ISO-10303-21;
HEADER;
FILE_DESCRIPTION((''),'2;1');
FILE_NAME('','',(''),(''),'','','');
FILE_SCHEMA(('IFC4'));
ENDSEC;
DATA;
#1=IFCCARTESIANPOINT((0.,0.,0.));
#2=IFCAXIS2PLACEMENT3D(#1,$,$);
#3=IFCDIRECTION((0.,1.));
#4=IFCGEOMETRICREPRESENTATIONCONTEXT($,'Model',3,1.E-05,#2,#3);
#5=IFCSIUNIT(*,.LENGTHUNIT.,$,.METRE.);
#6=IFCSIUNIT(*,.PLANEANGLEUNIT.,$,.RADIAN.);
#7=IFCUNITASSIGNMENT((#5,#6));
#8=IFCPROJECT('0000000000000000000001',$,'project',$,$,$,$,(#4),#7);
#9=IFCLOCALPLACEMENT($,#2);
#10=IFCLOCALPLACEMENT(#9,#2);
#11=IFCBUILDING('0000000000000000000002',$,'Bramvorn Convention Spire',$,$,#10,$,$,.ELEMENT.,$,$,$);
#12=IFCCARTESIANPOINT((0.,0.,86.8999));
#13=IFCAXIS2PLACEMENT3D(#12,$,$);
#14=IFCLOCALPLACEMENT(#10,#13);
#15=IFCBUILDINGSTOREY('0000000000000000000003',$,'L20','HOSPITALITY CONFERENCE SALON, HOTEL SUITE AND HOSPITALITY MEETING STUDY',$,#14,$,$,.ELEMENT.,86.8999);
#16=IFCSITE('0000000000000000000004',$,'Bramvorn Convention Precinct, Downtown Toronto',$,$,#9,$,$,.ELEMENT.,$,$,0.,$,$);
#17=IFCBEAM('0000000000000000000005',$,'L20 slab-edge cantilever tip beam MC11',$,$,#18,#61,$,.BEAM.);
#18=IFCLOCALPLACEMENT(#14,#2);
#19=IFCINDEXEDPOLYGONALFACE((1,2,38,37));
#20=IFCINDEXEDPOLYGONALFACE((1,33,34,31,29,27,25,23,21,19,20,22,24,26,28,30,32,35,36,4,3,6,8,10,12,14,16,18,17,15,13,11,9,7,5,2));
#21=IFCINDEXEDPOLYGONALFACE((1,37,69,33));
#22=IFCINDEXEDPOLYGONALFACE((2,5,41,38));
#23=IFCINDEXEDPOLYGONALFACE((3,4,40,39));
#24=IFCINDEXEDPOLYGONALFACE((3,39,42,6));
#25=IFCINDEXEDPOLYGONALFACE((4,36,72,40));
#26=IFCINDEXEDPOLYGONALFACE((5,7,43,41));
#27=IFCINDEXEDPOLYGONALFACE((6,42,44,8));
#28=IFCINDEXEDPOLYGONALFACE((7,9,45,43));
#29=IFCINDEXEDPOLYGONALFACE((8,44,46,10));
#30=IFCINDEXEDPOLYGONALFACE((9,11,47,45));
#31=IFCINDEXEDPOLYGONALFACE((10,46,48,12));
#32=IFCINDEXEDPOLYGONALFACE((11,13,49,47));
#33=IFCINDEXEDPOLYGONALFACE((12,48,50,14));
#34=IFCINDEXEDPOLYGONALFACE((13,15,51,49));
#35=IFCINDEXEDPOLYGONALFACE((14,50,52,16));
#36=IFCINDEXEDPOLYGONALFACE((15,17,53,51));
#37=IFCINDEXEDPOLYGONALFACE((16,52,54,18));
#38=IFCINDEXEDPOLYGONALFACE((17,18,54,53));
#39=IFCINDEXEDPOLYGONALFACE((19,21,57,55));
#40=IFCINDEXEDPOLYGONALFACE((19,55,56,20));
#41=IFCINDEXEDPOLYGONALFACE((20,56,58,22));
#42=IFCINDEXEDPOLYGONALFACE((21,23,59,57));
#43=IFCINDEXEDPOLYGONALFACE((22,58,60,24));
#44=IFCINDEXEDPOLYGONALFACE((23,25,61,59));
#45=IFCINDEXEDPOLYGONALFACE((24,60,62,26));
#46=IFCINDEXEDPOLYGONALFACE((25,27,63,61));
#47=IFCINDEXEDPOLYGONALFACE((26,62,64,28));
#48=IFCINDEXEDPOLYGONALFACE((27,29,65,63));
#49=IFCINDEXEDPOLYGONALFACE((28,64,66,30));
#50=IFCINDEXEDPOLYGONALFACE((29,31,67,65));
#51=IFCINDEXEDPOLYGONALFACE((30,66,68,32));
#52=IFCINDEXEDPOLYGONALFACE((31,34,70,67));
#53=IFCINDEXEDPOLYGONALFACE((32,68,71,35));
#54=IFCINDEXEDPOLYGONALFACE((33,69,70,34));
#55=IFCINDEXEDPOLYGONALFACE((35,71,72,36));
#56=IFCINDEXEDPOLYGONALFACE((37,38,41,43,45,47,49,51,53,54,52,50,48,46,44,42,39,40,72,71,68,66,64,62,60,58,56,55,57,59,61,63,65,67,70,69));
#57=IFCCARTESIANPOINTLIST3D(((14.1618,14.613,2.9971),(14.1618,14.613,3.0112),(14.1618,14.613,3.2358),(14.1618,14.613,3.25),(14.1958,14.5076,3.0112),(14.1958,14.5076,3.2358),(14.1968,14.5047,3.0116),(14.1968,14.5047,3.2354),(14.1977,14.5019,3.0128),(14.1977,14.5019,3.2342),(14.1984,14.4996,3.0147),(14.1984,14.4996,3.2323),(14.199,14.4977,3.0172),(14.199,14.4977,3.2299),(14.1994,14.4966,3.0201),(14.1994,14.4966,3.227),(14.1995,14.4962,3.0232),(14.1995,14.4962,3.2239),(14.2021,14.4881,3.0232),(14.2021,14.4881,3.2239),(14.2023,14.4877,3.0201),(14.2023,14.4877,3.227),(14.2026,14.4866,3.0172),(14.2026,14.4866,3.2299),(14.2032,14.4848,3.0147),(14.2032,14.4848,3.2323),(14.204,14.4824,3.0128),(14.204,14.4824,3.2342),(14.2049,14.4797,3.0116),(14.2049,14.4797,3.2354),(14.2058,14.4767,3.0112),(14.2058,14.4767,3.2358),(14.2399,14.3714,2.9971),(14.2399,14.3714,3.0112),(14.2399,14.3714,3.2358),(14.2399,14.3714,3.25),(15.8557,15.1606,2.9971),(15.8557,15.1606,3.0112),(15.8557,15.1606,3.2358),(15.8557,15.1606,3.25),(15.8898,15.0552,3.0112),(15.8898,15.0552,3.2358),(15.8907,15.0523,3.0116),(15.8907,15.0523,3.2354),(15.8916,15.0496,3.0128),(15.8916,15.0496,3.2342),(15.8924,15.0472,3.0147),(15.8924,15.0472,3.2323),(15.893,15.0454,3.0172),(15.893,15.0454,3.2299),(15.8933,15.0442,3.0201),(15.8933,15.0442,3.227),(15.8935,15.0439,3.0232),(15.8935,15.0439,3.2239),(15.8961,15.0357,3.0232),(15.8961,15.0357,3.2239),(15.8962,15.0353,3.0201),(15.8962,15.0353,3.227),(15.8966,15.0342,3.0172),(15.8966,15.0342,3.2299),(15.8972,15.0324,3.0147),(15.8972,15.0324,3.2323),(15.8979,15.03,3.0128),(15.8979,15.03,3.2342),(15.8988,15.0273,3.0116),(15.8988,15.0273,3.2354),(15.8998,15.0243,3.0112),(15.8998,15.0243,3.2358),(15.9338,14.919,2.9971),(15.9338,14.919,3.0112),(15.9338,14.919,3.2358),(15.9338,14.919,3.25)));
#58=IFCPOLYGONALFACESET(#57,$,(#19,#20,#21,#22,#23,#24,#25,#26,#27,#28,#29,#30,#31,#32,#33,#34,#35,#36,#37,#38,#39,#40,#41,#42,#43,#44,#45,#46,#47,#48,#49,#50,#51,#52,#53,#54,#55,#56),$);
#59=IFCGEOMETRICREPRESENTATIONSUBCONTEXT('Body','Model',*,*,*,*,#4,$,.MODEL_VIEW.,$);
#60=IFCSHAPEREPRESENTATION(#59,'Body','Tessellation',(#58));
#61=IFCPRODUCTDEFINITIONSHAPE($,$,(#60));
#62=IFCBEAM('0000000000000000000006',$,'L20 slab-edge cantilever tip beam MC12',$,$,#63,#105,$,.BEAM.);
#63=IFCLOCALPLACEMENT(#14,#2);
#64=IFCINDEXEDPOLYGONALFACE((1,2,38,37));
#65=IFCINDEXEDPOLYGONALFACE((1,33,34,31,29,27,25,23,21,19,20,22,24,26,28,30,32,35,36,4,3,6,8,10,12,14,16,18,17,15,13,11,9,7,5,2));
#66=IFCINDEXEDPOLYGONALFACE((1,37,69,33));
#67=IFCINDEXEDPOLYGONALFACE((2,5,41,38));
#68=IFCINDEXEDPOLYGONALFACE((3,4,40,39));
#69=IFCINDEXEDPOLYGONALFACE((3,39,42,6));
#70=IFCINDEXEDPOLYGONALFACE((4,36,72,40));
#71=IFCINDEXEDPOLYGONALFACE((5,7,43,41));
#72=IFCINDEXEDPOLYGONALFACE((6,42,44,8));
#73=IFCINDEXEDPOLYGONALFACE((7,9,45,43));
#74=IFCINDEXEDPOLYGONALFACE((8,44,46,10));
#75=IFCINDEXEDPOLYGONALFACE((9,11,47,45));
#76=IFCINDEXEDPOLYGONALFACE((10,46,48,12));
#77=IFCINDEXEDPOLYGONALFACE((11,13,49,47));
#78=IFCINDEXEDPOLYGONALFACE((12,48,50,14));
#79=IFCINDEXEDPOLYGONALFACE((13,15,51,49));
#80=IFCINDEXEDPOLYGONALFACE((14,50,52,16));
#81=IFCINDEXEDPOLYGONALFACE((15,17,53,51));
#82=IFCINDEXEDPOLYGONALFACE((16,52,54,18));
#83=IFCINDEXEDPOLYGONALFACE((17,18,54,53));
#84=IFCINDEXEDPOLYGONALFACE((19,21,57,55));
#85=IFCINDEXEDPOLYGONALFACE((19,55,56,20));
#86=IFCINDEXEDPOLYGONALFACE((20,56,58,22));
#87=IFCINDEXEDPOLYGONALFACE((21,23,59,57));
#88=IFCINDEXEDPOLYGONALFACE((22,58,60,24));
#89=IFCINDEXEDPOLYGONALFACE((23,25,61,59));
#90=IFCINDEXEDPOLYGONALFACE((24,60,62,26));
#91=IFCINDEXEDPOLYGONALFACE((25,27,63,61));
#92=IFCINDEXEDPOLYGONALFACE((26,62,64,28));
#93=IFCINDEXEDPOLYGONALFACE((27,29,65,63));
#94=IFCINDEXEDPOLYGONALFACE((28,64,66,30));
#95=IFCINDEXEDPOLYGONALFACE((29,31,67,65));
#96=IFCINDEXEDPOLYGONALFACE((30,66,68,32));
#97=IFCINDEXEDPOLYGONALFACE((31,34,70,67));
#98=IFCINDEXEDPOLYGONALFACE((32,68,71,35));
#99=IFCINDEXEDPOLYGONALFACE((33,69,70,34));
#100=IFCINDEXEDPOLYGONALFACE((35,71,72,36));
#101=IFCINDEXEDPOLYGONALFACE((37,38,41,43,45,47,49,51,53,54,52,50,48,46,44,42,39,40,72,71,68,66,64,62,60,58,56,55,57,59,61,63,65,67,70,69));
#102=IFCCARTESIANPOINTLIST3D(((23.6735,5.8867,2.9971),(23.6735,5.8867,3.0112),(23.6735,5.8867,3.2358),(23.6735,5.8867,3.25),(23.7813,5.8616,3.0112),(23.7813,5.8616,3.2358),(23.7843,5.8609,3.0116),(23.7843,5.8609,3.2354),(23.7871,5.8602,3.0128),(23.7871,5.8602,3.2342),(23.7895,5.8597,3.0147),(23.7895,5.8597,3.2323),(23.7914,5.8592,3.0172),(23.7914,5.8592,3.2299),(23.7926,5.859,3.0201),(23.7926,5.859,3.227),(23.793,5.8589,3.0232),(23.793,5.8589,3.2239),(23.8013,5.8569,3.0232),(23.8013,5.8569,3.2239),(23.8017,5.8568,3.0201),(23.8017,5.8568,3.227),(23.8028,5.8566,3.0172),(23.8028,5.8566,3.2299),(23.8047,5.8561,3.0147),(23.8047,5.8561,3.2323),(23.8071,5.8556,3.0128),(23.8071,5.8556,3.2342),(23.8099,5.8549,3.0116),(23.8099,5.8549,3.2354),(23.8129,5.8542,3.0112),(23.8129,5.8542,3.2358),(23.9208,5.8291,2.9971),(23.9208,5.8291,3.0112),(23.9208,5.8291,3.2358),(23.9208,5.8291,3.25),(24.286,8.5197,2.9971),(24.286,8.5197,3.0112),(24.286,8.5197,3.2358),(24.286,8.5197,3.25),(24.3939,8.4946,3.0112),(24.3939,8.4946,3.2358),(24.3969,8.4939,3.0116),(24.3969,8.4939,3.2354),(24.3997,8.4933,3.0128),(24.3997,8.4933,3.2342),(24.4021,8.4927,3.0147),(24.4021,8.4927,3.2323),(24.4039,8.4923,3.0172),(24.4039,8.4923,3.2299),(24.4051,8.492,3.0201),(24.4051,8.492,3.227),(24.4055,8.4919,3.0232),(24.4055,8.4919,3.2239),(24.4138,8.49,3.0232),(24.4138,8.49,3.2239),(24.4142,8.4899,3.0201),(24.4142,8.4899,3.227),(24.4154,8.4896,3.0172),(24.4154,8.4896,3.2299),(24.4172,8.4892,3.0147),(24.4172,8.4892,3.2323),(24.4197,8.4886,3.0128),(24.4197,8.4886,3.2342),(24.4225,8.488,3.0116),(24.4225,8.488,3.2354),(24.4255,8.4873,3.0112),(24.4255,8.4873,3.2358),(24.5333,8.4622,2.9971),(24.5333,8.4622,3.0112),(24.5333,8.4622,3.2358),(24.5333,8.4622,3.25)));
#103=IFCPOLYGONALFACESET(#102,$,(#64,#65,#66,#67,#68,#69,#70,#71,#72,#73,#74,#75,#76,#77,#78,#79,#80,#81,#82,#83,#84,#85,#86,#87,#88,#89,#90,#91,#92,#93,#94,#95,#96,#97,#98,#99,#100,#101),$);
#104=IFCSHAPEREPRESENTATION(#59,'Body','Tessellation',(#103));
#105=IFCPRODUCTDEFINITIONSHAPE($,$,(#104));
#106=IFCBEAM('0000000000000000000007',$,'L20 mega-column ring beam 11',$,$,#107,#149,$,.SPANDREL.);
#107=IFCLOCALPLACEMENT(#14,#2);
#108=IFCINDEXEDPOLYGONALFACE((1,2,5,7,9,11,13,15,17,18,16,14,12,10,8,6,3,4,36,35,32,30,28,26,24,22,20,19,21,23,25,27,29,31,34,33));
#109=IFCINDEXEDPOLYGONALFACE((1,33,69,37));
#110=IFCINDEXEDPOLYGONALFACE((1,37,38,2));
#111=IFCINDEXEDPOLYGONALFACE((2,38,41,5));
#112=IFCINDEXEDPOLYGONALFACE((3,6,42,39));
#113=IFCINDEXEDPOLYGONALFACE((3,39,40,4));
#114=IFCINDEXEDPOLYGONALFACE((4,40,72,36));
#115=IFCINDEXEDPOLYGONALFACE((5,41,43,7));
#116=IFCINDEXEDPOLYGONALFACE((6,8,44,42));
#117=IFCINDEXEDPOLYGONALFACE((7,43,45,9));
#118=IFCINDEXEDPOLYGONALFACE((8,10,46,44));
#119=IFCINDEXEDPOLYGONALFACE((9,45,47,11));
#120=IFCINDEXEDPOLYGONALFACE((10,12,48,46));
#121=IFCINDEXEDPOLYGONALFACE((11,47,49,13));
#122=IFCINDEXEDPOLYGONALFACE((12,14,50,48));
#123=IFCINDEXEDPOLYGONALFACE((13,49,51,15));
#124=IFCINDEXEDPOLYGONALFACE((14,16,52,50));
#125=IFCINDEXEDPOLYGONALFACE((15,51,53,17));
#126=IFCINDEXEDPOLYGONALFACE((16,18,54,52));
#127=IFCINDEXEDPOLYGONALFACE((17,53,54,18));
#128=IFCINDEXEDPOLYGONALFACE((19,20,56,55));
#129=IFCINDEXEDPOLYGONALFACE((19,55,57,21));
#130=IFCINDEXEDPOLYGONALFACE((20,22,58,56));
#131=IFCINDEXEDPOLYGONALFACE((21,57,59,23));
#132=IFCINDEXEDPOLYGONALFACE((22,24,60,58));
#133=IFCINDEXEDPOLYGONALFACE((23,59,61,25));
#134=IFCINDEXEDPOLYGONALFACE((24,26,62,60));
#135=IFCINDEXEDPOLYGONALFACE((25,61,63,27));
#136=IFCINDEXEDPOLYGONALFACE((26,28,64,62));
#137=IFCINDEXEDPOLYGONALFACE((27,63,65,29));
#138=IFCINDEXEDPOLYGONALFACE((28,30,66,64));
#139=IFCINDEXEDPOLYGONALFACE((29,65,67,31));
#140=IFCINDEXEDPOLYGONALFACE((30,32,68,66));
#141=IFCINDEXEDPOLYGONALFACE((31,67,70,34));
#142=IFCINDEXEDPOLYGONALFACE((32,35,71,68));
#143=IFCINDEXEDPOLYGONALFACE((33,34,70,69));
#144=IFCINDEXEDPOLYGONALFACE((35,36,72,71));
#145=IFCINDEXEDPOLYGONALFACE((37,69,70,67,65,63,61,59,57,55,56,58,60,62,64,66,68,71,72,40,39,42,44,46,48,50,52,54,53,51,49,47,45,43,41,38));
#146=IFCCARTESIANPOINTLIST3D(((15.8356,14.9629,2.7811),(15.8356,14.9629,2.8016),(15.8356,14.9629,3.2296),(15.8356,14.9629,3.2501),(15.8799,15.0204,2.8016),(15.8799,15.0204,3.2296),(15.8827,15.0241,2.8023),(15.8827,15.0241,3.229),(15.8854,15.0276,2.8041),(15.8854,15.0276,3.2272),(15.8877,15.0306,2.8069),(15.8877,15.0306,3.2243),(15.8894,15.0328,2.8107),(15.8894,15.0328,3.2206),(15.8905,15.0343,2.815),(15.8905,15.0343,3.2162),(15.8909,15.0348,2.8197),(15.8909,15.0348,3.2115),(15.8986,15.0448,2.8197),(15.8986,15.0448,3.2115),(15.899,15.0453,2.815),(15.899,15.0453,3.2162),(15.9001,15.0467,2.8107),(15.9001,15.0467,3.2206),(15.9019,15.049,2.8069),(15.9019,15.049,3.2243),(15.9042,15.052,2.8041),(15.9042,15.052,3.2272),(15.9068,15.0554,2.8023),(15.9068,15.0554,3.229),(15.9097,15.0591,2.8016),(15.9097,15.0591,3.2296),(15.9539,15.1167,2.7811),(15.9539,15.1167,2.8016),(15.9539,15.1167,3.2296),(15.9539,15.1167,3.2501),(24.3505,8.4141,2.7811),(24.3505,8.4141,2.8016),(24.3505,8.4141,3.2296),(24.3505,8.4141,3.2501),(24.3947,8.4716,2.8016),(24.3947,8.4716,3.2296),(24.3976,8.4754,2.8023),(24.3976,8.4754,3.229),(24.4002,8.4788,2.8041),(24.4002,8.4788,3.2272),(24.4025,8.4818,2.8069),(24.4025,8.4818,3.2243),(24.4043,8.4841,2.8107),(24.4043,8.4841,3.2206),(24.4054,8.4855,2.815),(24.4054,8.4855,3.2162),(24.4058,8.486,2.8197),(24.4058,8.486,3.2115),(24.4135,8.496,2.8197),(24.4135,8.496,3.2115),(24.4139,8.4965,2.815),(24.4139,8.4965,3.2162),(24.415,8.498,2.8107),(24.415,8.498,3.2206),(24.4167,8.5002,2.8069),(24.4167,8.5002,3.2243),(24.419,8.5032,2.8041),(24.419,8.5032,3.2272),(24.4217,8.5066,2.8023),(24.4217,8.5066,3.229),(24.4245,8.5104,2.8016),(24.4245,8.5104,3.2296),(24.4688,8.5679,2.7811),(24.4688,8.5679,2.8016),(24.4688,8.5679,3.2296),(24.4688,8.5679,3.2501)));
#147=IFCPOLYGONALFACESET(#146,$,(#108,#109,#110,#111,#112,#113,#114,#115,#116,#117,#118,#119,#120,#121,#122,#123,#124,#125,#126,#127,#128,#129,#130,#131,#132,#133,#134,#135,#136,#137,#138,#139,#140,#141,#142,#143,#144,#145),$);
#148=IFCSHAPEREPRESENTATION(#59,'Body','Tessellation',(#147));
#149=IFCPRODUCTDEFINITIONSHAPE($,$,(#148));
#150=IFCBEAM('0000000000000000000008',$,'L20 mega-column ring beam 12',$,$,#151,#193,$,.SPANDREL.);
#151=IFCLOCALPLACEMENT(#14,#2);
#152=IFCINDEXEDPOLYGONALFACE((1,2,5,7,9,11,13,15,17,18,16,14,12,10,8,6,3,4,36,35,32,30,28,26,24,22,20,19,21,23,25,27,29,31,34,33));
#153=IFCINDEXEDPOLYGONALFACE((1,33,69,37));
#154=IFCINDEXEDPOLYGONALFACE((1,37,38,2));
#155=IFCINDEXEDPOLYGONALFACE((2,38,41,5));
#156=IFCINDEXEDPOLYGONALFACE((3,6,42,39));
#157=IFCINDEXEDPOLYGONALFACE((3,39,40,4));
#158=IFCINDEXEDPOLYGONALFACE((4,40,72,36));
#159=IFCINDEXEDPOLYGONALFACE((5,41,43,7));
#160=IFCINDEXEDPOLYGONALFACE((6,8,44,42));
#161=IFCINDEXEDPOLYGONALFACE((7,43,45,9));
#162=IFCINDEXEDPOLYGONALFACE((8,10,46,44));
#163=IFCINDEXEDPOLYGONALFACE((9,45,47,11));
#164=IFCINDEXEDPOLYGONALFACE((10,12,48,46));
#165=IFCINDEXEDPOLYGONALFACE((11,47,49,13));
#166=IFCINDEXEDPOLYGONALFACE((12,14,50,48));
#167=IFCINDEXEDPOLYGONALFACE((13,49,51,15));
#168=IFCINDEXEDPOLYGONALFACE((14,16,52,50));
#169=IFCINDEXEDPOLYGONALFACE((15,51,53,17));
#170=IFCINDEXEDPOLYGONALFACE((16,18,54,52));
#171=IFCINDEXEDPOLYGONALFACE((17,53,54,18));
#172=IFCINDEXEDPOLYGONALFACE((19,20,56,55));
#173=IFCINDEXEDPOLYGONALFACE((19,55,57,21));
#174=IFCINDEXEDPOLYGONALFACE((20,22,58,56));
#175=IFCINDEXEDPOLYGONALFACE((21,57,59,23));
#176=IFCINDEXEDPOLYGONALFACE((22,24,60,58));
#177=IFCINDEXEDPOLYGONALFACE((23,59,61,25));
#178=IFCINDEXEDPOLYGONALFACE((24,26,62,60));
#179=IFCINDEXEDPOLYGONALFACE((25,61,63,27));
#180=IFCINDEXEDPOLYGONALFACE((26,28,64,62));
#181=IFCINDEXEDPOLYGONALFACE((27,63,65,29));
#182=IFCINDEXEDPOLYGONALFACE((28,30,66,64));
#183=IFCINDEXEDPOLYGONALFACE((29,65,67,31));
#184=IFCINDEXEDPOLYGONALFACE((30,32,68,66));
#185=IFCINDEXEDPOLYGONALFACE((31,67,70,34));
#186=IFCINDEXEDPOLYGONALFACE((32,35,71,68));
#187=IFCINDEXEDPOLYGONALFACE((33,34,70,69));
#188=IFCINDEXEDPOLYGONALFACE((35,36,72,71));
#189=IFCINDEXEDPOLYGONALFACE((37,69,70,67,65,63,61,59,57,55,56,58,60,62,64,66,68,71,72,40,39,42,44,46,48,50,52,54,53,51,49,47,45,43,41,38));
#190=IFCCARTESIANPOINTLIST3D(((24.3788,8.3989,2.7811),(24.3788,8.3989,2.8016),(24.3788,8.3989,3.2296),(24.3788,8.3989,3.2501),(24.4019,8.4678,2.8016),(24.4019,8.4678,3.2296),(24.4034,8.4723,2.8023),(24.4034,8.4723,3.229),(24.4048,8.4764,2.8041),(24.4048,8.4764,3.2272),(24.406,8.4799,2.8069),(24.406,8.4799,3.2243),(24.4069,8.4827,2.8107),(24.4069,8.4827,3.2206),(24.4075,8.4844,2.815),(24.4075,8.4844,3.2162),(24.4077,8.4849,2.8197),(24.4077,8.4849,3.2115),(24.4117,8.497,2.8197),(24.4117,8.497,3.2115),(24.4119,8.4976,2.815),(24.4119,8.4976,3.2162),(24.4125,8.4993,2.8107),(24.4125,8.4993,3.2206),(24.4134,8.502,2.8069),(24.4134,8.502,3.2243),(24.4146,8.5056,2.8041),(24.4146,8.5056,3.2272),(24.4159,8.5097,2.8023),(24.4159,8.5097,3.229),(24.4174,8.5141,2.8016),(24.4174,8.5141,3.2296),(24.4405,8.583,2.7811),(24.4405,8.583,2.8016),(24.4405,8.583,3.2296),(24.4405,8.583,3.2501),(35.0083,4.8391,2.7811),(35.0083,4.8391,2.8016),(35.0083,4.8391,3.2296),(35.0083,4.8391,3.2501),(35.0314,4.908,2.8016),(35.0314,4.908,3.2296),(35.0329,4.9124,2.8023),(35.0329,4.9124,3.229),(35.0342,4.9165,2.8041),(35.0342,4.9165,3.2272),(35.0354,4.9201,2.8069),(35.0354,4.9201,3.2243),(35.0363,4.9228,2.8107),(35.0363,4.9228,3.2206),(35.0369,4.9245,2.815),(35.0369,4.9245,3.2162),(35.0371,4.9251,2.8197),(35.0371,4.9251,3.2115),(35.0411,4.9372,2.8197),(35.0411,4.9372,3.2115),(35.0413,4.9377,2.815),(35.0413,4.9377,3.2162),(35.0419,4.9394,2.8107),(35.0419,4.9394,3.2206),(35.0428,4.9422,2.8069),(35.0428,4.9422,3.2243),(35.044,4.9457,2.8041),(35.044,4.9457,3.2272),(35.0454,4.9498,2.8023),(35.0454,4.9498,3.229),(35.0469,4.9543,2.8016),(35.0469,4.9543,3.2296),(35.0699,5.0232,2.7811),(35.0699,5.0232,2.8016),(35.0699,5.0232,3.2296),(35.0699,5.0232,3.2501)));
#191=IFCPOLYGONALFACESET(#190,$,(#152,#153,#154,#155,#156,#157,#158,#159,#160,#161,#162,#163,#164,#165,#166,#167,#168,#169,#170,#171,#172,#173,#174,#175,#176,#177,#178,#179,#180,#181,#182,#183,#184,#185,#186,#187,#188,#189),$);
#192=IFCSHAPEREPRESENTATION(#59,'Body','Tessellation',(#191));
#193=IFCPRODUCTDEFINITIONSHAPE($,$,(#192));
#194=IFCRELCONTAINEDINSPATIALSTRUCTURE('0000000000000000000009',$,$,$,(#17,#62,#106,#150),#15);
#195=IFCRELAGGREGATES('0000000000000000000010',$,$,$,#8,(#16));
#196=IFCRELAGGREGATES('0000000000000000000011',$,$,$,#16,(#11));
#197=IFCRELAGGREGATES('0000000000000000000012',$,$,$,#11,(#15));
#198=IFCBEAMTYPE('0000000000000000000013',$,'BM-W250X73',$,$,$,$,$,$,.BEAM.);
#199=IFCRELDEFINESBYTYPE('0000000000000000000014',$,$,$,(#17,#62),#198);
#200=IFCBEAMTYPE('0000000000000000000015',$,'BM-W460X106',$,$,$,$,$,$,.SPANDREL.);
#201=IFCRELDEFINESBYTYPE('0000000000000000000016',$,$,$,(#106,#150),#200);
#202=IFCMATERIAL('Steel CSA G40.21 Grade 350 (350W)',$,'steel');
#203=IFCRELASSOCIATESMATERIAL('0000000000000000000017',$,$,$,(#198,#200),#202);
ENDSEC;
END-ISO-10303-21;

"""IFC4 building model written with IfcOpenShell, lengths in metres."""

from ifc_helpers import new_model, si_unit, direction, frame, origin, origin_2d, place, context, subcontext, project, spatial, i_section, extrude, material, material_profile, profile_set, type_object, element, save


model = new_model("IFC4")

# Units and contexts
model_context = context("Model", 3, precision=1e-05, world=origin(), true_north=direction((0.0, 1.0)))
body_context = subcontext(model_context, "Body", "Model", "MODEL_VIEW")
ifc_project = project(units=[si_unit("LENGTHUNIT", "METRE"), si_unit("PLANEANGLEUNIT", "RADIAN")], contexts=[model_context])

# Site, building, storey
site_placement = place(None, origin())
site = spatial("IfcSite", under=ifc_project, at=site_placement, Name="Bramvorn Convention Precinct, Downtown Toronto", CompositionType="ELEMENT", RefElevation=0.0)
building_placement = place(site_placement, origin())
building = spatial("IfcBuilding", under=site, at=building_placement, Name="Bramvorn Convention Spire", CompositionType="ELEMENT")
storey_placement = place(building_placement, frame((0.0, 0.0, 86.8999)))
storey = spatial("IfcBuildingStorey", under=building, at=storey_placement, Name="L20", Description="HOSPITALITY CONFERENCE SALON, HOTEL SUITE AND HOSPITALITY MEETING STUDY", CompositionType="ELEMENT", Elevation=86.8999)

# Shared definitions
ifc_material_1 = material(Name="Steel CSA G40.21 Grade 350 (350W)", Category="steel")

# Beams
ifc_material_profile_1 = material_profile(ifc_material_1, i_section(OverallWidth=0.2539, OverallDepth=0.2529, WebThickness=0.0085, FlangeThickness=0.0142, FilletRadius=0.012, at=origin_2d()))
ifc_profile_set_1 = profile_set([ifc_material_profile_1], Name="Steel CSA G40.21 Grade 350 (350W) - W250X73")
beam_type_1 = type_object("IfcBeamType", Name="BM-W250X73", PredefinedType="BEAM", material=ifc_profile_set_1)
beam_1_placement = place(storey_placement, frame((15.8948, 15.0398, 3.1235), z_axis=(-0.951511, -0.307616, 0.0), x_axis=(0.307616, -0.951511, 0.0)))
element("IfcBeam", 1, at=beam_1_placement, inside=storey, type_object=beam_type_1, Name="L20 slab-edge cantilever tip beam MC11", PredefinedType="BEAM", context=body_context, shape_type="SweptSolid", body=[
    extrude(i_section(OverallWidth=0.2539, OverallDepth=0.2529, WebThickness=0.0085, FlangeThickness=0.0142, FilletRadius=0.012, at=origin_2d()), origin(), (0.0, 0.0, 1.0), 1.7803),
])
beam_2_placement = place(storey_placement, frame((24.4097, 8.491, 3.1235), z_axis=(-0.226587, -0.973991, 0.0), x_axis=(0.973991, -0.226587, 0.0)))
element("IfcBeam", 2, at=beam_2_placement, inside=storey, type_object=beam_type_1, Name="L20 slab-edge cantilever tip beam MC12", PredefinedType="BEAM", context=body_context, shape_type="SweptSolid", body=[
    extrude(i_section(OverallWidth=0.2539, OverallDepth=0.2529, WebThickness=0.0085, FlangeThickness=0.0142, FilletRadius=0.012, at=origin_2d()), origin(), (0.0, 0.0, 1.0), 2.7034),
])
ifc_material_profile_2 = material_profile(ifc_material_1, i_section(OverallWidth=0.1941, OverallDepth=0.469, WebThickness=0.0127, FlangeThickness=0.0205, FilletRadius=0.0181, at=origin_2d()))
ifc_profile_set_2 = profile_set([ifc_material_profile_2], Name="Steel CSA G40.21 Grade 350 (350W) - W460X106")
beam_type_2 = type_object("IfcBeamType", Name="BM-W460X106", PredefinedType="SPANDREL", material=ifc_profile_set_2)
beam_3_placement = place(storey_placement, frame((15.8948, 15.0398, 3.0156), z_axis=(0.792673, -0.609647, 0.0), x_axis=(0.609647, 0.792673, 0.0)))
element("IfcBeam", 3, at=beam_3_placement, inside=storey, type_object=beam_type_2, Name="L20 mega-column ring beam 11", PredefinedType="SPANDREL", context=body_context, shape_type="SweptSolid", body=[
    extrude(i_section(OverallWidth=0.1941, OverallDepth=0.469, WebThickness=0.0127, FlangeThickness=0.0205, FilletRadius=0.0181, at=origin_2d()), origin(), (0.0, 0.0, 1.0), 10.7419),
])
beam_4_placement = place(storey_placement, frame((24.4097, 8.491, 3.0156), z_axis=(0.948236, -0.317567, 0.0), x_axis=(0.317567, 0.948236, 0.0)))
element("IfcBeam", 4, at=beam_4_placement, inside=storey, type_object=beam_type_2, Name="L20 mega-column ring beam 12", PredefinedType="SPANDREL", context=body_context, shape_type="SweptSolid", body=[
    extrude(i_section(OverallWidth=0.1941, OverallDepth=0.469, WebThickness=0.0127, FlangeThickness=0.0205, FilletRadius=0.0181, at=origin_2d()), origin(), (0.0, 0.0, 1.0), 11.2097),
])

save(model, "model.ifc")
